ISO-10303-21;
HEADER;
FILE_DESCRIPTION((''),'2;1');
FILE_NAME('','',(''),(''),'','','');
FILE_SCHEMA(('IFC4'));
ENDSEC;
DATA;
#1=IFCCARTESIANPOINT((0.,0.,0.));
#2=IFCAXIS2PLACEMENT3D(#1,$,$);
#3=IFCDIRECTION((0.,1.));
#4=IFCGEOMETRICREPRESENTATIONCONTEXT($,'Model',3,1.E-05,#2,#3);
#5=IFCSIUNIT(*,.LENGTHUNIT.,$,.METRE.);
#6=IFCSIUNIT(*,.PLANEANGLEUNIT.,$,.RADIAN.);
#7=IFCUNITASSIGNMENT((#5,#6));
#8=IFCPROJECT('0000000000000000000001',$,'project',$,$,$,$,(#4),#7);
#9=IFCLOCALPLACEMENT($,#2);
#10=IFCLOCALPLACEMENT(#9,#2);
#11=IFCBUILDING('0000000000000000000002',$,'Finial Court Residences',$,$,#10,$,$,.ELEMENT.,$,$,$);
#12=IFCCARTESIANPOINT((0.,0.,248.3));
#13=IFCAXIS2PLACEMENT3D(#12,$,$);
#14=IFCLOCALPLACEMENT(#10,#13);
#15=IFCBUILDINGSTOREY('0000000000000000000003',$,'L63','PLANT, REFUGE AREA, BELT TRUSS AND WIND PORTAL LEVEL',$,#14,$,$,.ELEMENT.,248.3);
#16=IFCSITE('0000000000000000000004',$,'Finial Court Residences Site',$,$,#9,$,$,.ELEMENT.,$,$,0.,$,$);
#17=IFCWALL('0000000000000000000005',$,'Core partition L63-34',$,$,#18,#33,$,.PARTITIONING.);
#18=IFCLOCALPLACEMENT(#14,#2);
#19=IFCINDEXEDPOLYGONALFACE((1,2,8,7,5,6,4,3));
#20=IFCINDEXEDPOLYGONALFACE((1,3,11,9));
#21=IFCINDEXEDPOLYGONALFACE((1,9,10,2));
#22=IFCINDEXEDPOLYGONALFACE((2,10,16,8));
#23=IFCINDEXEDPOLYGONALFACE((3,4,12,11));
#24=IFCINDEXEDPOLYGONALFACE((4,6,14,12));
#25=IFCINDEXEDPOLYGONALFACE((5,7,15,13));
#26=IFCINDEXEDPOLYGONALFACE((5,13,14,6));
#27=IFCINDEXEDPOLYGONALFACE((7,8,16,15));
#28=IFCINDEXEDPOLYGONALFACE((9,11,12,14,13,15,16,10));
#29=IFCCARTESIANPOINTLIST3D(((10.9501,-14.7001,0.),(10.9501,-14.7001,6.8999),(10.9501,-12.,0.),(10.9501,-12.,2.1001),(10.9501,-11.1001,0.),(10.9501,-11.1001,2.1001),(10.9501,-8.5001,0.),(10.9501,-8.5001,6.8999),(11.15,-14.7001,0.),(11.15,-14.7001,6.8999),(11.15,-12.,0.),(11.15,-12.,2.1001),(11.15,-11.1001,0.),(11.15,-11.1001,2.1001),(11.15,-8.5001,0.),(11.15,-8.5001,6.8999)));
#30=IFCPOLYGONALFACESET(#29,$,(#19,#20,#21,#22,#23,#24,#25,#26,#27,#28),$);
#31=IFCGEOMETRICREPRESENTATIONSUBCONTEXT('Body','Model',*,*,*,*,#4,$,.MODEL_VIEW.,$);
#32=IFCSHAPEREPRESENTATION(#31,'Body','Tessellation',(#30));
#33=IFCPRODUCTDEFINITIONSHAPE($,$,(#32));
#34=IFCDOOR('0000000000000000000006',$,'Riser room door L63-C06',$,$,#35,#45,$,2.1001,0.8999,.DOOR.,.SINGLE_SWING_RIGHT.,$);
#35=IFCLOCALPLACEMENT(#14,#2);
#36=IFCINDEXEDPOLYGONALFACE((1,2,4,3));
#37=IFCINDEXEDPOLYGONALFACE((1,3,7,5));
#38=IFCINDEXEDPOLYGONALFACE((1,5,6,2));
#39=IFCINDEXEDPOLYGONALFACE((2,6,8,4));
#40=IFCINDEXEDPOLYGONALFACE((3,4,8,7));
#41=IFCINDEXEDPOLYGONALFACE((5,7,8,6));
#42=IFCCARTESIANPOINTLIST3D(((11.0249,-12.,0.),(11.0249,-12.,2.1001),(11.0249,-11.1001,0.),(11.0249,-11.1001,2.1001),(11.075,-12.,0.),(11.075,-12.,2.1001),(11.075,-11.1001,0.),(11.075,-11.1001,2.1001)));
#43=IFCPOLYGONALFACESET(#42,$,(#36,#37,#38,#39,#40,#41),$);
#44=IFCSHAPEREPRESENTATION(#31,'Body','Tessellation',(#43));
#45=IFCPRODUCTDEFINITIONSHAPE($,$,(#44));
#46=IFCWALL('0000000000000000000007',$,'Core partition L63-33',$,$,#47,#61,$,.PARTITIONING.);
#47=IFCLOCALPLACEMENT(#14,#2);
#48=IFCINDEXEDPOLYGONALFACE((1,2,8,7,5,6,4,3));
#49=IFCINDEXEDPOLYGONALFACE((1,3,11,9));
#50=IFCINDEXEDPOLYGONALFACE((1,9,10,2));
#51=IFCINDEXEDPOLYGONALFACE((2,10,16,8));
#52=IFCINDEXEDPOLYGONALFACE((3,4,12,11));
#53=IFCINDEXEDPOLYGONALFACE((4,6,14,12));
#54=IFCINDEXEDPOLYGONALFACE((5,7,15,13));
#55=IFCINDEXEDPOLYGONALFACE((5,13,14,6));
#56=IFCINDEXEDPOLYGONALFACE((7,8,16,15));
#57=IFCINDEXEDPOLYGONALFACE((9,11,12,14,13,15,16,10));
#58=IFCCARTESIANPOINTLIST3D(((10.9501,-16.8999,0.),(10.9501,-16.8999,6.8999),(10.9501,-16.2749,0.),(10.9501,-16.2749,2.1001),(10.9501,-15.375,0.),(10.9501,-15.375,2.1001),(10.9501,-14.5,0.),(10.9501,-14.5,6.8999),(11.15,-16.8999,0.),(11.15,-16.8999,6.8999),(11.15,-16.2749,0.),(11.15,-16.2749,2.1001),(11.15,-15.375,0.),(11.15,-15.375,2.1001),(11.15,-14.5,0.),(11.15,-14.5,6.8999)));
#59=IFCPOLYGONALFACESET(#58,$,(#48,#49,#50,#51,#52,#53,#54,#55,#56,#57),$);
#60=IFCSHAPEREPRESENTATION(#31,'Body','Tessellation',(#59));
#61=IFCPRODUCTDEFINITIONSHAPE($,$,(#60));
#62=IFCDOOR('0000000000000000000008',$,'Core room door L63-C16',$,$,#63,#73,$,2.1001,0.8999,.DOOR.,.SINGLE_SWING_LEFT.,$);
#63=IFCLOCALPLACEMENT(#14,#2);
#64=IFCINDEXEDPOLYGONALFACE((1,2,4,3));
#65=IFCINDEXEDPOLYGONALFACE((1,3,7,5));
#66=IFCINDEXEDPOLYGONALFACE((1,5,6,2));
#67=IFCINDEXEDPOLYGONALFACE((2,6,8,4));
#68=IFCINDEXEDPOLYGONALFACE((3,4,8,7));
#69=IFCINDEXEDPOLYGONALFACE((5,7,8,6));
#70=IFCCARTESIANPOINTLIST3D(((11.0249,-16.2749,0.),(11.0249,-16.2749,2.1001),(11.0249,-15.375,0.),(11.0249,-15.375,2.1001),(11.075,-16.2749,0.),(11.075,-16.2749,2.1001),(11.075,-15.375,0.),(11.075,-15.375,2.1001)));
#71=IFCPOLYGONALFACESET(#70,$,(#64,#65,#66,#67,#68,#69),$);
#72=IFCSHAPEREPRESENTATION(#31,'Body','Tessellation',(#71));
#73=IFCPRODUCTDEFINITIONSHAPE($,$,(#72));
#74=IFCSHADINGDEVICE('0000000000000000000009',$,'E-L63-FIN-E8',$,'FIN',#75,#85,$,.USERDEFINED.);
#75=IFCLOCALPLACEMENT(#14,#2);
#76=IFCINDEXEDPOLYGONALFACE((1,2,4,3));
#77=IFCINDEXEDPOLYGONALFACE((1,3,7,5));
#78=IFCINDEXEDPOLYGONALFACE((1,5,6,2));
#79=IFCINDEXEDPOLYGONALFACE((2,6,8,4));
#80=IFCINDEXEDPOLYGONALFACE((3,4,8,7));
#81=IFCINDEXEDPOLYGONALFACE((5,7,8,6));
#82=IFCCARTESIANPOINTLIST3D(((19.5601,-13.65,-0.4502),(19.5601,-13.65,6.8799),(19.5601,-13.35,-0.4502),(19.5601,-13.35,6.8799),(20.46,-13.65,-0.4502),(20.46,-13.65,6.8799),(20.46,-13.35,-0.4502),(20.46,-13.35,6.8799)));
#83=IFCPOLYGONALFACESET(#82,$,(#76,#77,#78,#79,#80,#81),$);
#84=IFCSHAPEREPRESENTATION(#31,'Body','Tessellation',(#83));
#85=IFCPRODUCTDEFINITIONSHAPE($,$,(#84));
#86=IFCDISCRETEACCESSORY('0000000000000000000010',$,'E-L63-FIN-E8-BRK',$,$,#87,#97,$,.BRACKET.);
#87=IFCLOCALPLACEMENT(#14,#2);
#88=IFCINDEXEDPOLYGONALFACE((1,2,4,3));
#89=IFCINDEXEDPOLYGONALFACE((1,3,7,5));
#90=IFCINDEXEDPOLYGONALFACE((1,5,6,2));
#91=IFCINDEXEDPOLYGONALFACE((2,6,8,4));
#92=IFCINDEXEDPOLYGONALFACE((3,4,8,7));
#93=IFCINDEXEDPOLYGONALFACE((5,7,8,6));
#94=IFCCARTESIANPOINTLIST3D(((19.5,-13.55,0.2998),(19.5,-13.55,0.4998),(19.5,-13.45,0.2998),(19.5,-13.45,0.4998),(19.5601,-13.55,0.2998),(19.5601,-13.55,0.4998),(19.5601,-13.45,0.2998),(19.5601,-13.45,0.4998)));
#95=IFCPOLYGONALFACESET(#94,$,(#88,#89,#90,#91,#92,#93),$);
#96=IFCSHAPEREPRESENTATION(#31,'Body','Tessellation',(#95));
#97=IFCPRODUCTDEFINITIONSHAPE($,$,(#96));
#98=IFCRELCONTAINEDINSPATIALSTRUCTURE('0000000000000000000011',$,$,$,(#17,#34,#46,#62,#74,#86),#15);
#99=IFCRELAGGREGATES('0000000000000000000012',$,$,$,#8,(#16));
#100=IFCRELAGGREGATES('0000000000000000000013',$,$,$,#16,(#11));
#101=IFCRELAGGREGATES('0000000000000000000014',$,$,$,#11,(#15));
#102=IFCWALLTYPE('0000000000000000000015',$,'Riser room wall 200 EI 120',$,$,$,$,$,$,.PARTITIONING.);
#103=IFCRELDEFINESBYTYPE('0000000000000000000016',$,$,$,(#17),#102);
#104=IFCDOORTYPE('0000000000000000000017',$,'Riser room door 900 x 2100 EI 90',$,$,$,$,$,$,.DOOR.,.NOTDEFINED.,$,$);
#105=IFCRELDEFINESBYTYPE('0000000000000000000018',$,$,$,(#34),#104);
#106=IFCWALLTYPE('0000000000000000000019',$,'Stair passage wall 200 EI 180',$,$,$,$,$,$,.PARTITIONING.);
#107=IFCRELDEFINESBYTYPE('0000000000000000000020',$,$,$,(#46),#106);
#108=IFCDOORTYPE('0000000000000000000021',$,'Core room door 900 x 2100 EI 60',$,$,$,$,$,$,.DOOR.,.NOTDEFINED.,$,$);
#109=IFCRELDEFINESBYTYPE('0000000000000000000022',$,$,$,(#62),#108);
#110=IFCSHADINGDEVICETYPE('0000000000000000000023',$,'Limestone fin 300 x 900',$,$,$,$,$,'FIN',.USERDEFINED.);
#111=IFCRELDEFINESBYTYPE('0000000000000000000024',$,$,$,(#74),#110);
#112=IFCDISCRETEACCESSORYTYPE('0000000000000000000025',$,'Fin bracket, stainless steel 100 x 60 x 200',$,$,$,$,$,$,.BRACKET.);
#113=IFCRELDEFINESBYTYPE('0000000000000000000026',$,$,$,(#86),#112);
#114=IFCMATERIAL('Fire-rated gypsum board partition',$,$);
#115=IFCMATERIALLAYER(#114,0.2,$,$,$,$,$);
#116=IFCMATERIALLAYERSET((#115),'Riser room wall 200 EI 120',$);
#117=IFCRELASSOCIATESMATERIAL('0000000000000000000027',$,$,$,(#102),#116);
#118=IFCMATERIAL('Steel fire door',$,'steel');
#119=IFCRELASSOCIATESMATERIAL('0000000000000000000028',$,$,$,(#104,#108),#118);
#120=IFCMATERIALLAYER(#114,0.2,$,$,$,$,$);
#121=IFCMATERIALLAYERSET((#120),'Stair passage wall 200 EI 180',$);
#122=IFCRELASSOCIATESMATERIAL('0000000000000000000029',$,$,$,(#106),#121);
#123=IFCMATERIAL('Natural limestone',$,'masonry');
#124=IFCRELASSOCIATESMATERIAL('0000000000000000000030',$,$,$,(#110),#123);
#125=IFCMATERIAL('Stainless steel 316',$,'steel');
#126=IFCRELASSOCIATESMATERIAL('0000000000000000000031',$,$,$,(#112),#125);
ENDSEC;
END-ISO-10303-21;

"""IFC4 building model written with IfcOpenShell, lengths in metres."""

from ifc_helpers import new_model, si_unit, direction, frame, frame_2d, origin, origin_2d, place, context, subcontext, project, spatial, rectangle, extrude, material, layer, layer_set, type_object, element, fill, save


model = new_model("IFC4")

# Units and contexts
model_context = context("Model", 3, precision=1e-05, world=origin(), true_north=direction((0.0, 1.0)))
body_context = subcontext(model_context, "Body", "Model", "MODEL_VIEW")
ifc_project = project(units=[si_unit("LENGTHUNIT", "METRE"), si_unit("PLANEANGLEUNIT", "RADIAN")], contexts=[model_context])

# Site, building, storey
site_placement = place(None, origin())
site = spatial("IfcSite", under=ifc_project, at=site_placement, Name="Finial Court Residences Site", CompositionType="ELEMENT", RefElevation=0.0)
building_placement = place(site_placement, origin())
building = spatial("IfcBuilding", under=site, at=building_placement, Name="Finial Court Residences", CompositionType="ELEMENT")
storey_placement = place(building_placement, frame((0.0, 0.0, 248.3)))
storey = spatial("IfcBuildingStorey", under=building, at=storey_placement, Name="L63", Description="PLANT, REFUGE AREA, BELT TRUSS AND WIND PORTAL LEVEL", CompositionType="ELEMENT", Elevation=248.3)

# Shared definitions
ifc_material_1 = material(Name="Fire-rated gypsum board partition")
ifc_material_2 = material(Name="Steel fire door", Category="steel")

# Shared definitions
ifc_layer_1 = layer(ifc_material_1, 0.2)
ifc_layer_set_1 = layer_set([ifc_layer_1], Name="Riser room wall 200 EI 120")
wall_type_1 = type_object("IfcWallType", Name="Riser room wall 200 EI 120", PredefinedType="PARTITIONING", material=ifc_layer_set_1)

# Walls, openings, doors
wall_1_placement = place(storey_placement, frame((11.05, -8.5, 0.0), z_axis=(0.0, 0.0, 1.0), x_axis=(0.0, -1.0, 0.0)))
wall_1 = element("IfcWall", 1, at=wall_1_placement, inside=storey, type_object=wall_type_1, Name="Core partition L63-34", PredefinedType="PARTITIONING", context=body_context, shape_type="SweptSolid", body=[
    extrude(rectangle(XDim=6.2, YDim=0.2, at=frame_2d((3.1001, 0.0))), origin(), (0.0, 0.0, 1.0), 6.8999),
])
opening_1_placement = place(wall_1_placement, frame((2.6001, 0.0, 0.0)))
opening_1 = element("IfcOpeningElement", 2, at=opening_1_placement, cuts=wall_1, PredefinedType="OPENING", context=body_context, shape_type="SweptSolid", body=[
    extrude(rectangle(XDim=0.8999, YDim=2.1001, at=frame_2d((0.45, 1.05))), frame((0.0, 0.1099, 0.0), z_axis=(0.0, -1.0, 0.0), x_axis=(1.0, 0.0, 0.0)), (0.0, 0.0, 1.0), 0.22),
])
door_type_1 = type_object("IfcDoorType", Name="Riser room door 900 x 2100 EI 90", OperationType="NOTDEFINED", PredefinedType="DOOR", material=ifc_material_2)
door_1_placement = place(opening_1_placement, origin())
door_1 = element("IfcDoor", 3, at=door_1_placement, inside=storey, type_object=door_type_1, Name="Riser room door L63-C06", OperationType="SINGLE_SWING_RIGHT", OverallHeight=2.1001, OverallWidth=0.8999, PredefinedType="DOOR", context=body_context, shape_type="SweptSolid", body=[
    extrude(rectangle(XDim=0.8999, YDim=2.1001, at=frame_2d((0.45, 1.05))), frame((0.0, 0.0249, 0.0), z_axis=(0.0, -1.0, 0.0), x_axis=(1.0, 0.0, 0.0)), (0.0, 0.0, 1.0), 0.05),
])
fill(opening_1, door_1)
ifc_layer_2 = layer(ifc_material_1, 0.2)
ifc_layer_set_2 = layer_set([ifc_layer_2], Name="Stair passage wall 200 EI 180")
wall_type_2 = type_object("IfcWallType", Name="Stair passage wall 200 EI 180", PredefinedType="PARTITIONING", material=ifc_layer_set_2)
wall_2_placement = place(storey_placement, frame((11.05, -14.5, 0.0), z_axis=(0.0, 0.0, 1.0), x_axis=(0.0, -1.0, 0.0)))
wall_2 = element("IfcWall", 4, at=wall_2_placement, inside=storey, type_object=wall_type_2, Name="Core partition L63-33", PredefinedType="PARTITIONING", context=body_context, shape_type="SweptSolid", body=[
    extrude(rectangle(XDim=2.3999, YDim=0.2, at=frame_2d((1.2, 0.0))), origin(), (0.0, 0.0, 1.0), 6.8999),
])
opening_2_placement = place(wall_2_placement, frame((0.875, 0.0, 0.0)))
opening_2 = element("IfcOpeningElement", 5, at=opening_2_placement, cuts=wall_2, PredefinedType="OPENING", context=body_context, shape_type="SweptSolid", body=[
    extrude(rectangle(XDim=0.8999, YDim=2.1001, at=frame_2d((0.45, 1.05))), frame((0.0, 0.1099, 0.0), z_axis=(0.0, -1.0, 0.0), x_axis=(1.0, 0.0, 0.0)), (0.0, 0.0, 1.0), 0.22),
])
door_type_2 = type_object("IfcDoorType", Name="Core room door 900 x 2100 EI 60", OperationType="NOTDEFINED", PredefinedType="DOOR", material=ifc_material_2)
door_2_placement = place(opening_2_placement, origin())
door_2 = element("IfcDoor", 6, at=door_2_placement, inside=storey, type_object=door_type_2, Name="Core room door L63-C16", OperationType="SINGLE_SWING_LEFT", OverallHeight=2.1001, OverallWidth=0.8999, PredefinedType="DOOR", context=body_context, shape_type="SweptSolid", body=[
    extrude(rectangle(XDim=0.8999, YDim=2.1001, at=frame_2d((0.45, 1.05))), frame((0.0, 0.0249, 0.0), z_axis=(0.0, -1.0, 0.0), x_axis=(1.0, 0.0, 0.0)), (0.0, 0.0, 1.0), 0.05),
])
fill(opening_2, door_2)

# Shading device
ifc_material_3 = material(Name="Natural limestone", Category="masonry")
shading_device_type = type_object("IfcShadingDeviceType", Name="Limestone fin 300 x 900", ElementType="FIN", PredefinedType="USERDEFINED", material=ifc_material_3)
shading_device_placement = place(storey_placement, frame((20.01, -13.5, -0.4502), z_axis=(0.0, 0.0, 1.0), x_axis=(1.0, 0.0, 0.0)))
element("IfcShadingDevice", 7, at=shading_device_placement, inside=storey, type_object=shading_device_type, Name="E-L63-FIN-E8", ObjectType="FIN", PredefinedType="USERDEFINED", context=body_context, shape_type="SweptSolid", body=[
    extrude(rectangle(XDim=0.8999, YDim=0.3, at=origin_2d()), origin(), (0.0, 0.0, 1.0), 7.3301),
])

# Discrete accessory
ifc_material_4 = material(Name="Stainless steel 316", Category="steel")
discrete_accessory_type = type_object("IfcDiscreteAccessoryType", Name="Fin bracket, stainless steel 100 x 60 x 200", PredefinedType="BRACKET", material=ifc_material_4)
discrete_accessory_placement = place(storey_placement, frame((19.53, -13.5, 0.2998), z_axis=(0.0, 0.0, 1.0), x_axis=(1.0, 0.0, 0.0)))
element("IfcDiscreteAccessory", 8, at=discrete_accessory_placement, inside=storey, type_object=discrete_accessory_type, Name="E-L63-FIN-E8-BRK", PredefinedType="BRACKET", context=body_context, shape_type="SweptSolid", body=[
    extrude(rectangle(XDim=0.0601, YDim=0.1001, at=origin_2d()), origin(), (0.0, 0.0, 1.0), 0.2),
])

save(model, "model.ifc")
